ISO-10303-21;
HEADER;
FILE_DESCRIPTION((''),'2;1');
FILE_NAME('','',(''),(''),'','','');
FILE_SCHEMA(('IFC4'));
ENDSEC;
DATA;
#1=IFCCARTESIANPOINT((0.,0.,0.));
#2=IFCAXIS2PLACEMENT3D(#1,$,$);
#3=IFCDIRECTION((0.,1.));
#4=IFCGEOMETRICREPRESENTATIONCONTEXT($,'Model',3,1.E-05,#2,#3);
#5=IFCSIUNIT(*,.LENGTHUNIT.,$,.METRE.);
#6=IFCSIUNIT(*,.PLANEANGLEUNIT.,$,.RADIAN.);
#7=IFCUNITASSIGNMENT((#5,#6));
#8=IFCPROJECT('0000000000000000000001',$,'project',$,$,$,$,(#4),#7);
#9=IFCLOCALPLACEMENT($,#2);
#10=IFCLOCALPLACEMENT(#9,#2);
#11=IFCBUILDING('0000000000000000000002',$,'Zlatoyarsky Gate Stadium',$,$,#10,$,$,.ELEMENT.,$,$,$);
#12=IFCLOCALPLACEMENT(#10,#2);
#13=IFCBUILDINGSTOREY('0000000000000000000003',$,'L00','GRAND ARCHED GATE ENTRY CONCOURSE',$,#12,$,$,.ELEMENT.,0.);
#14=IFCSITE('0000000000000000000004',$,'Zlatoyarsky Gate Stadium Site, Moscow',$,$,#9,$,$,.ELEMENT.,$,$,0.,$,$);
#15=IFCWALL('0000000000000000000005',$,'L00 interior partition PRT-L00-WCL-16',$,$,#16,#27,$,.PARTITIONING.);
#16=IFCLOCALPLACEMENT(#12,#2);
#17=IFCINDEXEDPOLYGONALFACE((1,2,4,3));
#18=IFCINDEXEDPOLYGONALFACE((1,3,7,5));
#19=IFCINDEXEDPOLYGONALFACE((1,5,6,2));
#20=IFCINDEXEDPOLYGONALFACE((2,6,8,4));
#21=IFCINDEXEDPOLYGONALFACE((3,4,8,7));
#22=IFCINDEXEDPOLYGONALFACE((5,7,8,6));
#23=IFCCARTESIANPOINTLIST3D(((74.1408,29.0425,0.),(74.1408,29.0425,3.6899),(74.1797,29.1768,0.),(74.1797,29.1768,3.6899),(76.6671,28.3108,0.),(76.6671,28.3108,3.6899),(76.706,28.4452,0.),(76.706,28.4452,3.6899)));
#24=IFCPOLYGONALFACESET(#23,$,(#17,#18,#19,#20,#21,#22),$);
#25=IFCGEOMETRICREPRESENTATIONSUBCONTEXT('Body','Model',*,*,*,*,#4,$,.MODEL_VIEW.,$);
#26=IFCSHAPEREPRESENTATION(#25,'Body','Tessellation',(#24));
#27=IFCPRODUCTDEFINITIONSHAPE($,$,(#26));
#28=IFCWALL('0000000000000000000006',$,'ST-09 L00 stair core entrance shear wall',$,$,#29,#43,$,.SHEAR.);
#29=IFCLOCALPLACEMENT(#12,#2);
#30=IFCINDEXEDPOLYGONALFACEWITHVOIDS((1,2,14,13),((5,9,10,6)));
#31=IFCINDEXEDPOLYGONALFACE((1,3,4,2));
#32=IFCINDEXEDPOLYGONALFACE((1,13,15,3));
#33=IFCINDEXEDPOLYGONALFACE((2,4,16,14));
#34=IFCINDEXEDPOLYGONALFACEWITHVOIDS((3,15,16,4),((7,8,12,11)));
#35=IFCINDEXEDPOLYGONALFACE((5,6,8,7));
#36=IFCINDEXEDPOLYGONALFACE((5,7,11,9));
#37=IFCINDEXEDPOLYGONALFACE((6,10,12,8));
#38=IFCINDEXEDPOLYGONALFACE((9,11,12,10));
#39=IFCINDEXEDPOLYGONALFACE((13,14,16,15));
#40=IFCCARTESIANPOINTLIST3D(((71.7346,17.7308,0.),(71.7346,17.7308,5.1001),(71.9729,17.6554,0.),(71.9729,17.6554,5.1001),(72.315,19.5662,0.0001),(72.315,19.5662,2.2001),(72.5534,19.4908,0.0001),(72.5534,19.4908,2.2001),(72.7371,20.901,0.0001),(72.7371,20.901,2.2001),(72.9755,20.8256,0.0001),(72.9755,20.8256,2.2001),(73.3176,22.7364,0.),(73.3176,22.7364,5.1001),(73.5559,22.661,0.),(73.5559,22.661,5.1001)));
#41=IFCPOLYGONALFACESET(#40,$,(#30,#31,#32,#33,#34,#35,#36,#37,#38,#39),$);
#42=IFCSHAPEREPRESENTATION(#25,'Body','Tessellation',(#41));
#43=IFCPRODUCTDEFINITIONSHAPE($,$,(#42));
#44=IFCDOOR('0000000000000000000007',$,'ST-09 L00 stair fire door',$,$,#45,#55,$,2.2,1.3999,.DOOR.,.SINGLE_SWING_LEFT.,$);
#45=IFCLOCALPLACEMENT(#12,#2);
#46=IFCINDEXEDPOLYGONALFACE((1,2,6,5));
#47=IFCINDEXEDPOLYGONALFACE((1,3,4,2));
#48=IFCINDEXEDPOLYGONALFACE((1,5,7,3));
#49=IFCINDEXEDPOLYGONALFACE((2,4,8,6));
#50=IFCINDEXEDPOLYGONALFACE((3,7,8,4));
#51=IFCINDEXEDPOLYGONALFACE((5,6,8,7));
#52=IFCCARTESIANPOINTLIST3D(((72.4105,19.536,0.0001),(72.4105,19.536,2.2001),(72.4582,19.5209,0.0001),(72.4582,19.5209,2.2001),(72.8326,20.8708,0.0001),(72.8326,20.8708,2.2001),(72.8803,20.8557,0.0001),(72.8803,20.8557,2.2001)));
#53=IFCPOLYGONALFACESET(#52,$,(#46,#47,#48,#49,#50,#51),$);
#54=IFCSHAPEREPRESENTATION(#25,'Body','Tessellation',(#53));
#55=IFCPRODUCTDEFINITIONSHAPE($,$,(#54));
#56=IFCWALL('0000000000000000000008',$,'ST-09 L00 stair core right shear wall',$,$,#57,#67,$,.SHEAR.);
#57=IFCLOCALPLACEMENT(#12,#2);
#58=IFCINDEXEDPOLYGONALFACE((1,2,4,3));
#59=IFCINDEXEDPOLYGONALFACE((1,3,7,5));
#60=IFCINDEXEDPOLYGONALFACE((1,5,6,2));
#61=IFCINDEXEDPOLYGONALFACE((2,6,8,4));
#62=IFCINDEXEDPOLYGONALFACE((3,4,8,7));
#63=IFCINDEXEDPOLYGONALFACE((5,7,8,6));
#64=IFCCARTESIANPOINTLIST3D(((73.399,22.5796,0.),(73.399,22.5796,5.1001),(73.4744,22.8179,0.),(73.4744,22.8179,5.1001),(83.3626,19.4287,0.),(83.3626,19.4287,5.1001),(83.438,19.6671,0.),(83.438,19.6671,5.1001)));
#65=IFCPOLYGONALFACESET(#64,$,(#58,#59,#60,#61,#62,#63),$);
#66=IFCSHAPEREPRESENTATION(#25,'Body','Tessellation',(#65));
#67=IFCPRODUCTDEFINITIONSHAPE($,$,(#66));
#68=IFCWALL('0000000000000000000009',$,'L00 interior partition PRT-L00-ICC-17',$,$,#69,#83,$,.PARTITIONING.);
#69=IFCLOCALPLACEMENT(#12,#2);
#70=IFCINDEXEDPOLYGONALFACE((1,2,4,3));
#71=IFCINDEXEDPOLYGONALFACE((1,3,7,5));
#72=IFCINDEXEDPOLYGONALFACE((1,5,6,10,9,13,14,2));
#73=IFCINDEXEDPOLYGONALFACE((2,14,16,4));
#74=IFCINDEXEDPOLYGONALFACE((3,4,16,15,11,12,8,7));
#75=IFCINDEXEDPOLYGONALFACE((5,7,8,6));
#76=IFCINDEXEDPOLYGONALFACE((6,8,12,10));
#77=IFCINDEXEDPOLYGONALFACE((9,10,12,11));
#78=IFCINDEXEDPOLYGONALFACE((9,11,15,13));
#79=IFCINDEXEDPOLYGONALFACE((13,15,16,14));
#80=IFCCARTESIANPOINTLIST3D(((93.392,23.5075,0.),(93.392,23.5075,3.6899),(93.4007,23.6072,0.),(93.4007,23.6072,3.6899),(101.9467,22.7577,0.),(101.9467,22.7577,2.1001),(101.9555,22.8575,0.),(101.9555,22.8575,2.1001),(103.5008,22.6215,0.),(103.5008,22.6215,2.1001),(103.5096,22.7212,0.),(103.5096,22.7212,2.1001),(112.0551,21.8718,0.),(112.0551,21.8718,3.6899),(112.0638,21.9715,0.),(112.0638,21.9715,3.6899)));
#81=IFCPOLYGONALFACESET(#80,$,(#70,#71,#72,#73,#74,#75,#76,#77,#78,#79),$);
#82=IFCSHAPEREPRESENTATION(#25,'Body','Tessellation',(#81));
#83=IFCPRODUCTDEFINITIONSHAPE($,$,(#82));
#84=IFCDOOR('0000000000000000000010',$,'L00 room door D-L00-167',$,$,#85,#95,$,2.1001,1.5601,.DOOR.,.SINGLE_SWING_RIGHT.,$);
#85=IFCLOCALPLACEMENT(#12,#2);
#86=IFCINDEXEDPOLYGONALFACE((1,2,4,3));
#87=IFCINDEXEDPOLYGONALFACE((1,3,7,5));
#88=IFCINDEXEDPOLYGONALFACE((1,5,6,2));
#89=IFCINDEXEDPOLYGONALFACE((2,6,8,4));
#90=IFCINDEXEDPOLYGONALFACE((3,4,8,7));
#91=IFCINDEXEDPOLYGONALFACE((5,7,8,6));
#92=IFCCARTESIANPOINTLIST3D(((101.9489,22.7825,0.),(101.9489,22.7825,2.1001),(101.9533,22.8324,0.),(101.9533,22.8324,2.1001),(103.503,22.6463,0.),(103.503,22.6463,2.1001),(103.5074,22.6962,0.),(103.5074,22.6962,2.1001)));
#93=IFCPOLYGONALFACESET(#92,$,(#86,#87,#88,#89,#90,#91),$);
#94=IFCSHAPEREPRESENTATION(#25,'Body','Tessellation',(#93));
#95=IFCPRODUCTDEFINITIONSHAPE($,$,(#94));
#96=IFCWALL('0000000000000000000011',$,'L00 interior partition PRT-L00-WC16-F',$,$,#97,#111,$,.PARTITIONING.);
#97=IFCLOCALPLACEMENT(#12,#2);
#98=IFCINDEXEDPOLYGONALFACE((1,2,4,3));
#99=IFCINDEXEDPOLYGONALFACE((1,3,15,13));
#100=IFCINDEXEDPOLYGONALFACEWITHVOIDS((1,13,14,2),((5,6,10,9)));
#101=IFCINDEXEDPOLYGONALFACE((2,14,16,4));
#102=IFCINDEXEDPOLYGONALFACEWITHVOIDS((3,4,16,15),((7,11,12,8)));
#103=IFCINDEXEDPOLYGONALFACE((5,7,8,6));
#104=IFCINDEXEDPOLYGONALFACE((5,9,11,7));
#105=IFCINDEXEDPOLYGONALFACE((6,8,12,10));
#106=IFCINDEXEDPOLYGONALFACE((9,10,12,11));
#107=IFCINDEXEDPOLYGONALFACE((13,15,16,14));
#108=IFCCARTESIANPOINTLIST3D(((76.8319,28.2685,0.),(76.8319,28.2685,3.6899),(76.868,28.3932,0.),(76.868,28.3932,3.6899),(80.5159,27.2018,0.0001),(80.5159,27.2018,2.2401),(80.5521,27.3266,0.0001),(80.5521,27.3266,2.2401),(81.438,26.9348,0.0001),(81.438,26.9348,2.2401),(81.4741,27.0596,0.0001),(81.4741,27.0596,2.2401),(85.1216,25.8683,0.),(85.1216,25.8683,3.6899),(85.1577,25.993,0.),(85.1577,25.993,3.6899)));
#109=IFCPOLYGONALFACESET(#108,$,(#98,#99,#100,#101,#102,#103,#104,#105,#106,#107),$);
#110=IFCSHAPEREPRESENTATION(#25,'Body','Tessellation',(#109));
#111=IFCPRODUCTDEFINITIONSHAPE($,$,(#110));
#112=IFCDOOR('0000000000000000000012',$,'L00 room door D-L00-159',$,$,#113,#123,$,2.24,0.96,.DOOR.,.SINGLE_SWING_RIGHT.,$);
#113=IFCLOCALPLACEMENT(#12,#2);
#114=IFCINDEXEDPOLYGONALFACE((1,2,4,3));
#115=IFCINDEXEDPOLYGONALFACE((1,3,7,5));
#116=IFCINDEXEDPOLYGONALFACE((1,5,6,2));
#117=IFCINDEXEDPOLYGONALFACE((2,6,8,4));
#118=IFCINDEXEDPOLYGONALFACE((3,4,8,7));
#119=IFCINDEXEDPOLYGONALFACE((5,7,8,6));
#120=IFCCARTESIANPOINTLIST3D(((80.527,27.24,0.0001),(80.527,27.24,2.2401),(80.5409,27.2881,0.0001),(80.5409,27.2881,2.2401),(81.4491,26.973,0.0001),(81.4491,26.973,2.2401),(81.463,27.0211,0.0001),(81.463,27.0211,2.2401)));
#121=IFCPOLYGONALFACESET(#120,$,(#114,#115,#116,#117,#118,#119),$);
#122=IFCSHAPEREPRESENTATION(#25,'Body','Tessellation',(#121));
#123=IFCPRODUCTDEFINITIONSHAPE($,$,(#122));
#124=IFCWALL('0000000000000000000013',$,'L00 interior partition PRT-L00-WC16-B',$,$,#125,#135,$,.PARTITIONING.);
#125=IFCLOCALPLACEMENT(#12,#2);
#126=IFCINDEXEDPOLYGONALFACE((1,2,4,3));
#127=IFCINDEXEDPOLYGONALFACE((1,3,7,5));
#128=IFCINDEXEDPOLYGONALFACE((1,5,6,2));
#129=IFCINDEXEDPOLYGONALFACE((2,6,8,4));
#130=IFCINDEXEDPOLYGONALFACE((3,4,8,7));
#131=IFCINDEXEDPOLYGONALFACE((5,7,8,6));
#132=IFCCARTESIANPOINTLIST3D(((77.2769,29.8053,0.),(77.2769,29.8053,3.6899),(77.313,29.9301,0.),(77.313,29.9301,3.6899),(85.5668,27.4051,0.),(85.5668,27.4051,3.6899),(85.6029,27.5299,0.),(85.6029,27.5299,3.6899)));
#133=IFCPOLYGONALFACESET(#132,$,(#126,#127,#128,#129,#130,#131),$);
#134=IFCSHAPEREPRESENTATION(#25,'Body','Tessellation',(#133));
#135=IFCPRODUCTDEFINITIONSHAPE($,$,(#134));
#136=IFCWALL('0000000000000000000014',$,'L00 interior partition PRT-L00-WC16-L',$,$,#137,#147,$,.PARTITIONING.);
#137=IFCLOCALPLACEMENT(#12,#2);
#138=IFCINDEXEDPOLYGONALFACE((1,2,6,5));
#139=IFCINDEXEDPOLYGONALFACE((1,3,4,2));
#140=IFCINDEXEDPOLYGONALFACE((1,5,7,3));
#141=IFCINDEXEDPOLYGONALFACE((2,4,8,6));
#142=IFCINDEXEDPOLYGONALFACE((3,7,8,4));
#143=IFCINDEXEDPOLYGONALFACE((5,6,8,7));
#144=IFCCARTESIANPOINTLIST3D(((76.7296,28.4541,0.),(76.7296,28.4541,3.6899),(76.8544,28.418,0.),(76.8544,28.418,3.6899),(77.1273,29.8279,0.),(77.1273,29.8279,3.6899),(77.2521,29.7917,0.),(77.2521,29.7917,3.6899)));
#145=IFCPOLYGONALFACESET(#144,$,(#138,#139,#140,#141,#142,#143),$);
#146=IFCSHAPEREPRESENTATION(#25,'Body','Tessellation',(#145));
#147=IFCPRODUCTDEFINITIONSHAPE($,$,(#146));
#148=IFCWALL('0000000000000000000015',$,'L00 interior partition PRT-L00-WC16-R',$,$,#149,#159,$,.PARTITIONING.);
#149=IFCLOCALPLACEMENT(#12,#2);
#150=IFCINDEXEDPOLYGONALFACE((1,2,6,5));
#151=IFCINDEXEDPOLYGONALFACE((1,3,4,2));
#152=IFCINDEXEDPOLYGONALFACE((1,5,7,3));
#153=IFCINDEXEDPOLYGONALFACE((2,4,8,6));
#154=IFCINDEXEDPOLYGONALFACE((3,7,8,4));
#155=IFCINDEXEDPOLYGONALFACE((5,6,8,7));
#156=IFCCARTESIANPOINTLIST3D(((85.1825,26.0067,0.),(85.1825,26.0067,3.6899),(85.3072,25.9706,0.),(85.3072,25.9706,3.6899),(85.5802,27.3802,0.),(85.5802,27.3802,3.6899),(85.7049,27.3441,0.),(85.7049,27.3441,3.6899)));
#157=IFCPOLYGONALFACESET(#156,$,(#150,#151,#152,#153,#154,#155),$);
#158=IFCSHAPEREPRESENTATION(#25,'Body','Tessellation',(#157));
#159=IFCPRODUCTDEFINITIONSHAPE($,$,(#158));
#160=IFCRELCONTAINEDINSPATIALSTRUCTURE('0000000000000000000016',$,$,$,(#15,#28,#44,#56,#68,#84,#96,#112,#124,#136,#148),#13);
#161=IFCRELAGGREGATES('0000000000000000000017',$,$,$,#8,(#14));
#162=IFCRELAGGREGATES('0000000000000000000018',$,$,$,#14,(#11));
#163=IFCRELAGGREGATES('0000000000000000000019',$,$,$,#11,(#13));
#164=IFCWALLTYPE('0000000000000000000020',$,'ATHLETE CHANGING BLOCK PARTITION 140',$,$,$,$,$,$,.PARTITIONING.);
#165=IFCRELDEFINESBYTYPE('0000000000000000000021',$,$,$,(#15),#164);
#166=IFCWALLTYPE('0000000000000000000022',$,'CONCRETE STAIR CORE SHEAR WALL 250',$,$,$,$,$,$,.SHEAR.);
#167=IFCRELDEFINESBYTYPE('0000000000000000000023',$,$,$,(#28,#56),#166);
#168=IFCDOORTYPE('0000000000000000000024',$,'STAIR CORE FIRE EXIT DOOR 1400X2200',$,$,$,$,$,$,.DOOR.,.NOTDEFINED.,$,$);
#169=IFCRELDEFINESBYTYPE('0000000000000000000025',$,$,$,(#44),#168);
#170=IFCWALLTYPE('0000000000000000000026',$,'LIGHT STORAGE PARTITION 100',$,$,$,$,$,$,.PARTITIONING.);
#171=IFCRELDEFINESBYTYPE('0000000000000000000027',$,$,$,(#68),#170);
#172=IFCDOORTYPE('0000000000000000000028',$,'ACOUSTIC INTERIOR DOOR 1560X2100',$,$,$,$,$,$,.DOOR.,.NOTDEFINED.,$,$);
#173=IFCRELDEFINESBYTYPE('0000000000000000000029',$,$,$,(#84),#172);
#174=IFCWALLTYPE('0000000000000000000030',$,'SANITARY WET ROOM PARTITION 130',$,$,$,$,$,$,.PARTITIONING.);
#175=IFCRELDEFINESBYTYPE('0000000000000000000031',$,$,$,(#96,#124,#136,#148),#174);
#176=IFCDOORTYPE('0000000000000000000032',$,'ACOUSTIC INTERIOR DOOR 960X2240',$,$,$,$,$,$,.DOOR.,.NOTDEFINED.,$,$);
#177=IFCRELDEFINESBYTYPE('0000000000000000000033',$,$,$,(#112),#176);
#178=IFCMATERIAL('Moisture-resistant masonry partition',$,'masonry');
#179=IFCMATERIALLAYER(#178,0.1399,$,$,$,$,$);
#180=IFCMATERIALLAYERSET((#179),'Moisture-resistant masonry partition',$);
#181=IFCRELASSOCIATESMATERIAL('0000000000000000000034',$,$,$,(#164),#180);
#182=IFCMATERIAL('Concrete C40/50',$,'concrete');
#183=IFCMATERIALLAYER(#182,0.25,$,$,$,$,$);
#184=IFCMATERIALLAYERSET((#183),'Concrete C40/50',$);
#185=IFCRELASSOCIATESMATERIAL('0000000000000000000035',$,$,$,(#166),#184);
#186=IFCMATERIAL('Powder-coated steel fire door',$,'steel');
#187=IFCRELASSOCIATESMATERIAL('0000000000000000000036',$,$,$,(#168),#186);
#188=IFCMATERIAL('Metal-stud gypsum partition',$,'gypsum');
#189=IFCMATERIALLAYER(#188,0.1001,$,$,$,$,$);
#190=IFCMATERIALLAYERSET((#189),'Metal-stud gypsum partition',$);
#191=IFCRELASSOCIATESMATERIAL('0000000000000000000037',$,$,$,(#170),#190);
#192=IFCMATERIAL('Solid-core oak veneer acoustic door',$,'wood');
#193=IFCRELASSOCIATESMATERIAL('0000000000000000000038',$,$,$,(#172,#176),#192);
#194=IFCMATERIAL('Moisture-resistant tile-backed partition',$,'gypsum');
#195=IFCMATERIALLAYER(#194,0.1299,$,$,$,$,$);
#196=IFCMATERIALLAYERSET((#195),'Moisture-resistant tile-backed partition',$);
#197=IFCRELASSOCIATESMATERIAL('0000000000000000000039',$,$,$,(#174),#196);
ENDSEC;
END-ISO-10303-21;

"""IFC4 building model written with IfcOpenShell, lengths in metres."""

from ifc_helpers import new_model, si_unit, direction, frame, frame_2d, origin, place, context, subcontext, project, spatial, rectangle, extrude, material, layer, layer_set, type_object, element, fill, save


model = new_model("IFC4")

# Units and contexts
model_context = context("Model", 3, precision=1e-05, world=origin(), true_north=direction((0.0, 1.0)))
body_context = subcontext(model_context, "Body", "Model", "MODEL_VIEW")
ifc_project = project(units=[si_unit("LENGTHUNIT", "METRE"), si_unit("PLANEANGLEUNIT", "RADIAN")], contexts=[model_context])

# Site, building, storey
site_placement = place(None, origin())
site = spatial("IfcSite", under=ifc_project, at=site_placement, Name="Zlatoyarsky Gate Stadium Site, Moscow", CompositionType="ELEMENT", RefElevation=0.0)
building_placement = place(site_placement, origin())
building = spatial("IfcBuilding", under=site, at=building_placement, Name="Zlatoyarsky Gate Stadium", CompositionType="ELEMENT")
storey_placement = place(building_placement, origin())
storey = spatial("IfcBuildingStorey", under=building, at=storey_placement, Name="L00", Description="GRAND ARCHED GATE ENTRY CONCOURSE", CompositionType="ELEMENT", Elevation=0.0)

# Shared definitions
ifc_material_1 = material(Name="Concrete C40/50", Category="concrete")

# Wall
ifc_material_2 = material(Name="Moisture-resistant masonry partition", Category="masonry")
ifc_layer_1 = layer(ifc_material_2, 0.1399)
ifc_layer_set_1 = layer_set([ifc_layer_1], Name="Moisture-resistant masonry partition")
wall_type_1 = type_object("IfcWallType", Name="ATHLETE CHANGING BLOCK PARTITION 140", PredefinedType="PARTITIONING", material=ifc_layer_set_1)
wall_1_placement = place(storey_placement, frame((74.1604, 29.1096, 0.0), z_axis=(0.0, 0.0, 1.0), x_axis=(0.960526, -0.278189, 0.0)))
element("IfcWall", 1, at=wall_1_placement, inside=storey, type_object=wall_type_1, Name="L00 interior partition PRT-L00-WCL-16", PredefinedType="PARTITIONING", context=body_context, shape_type="SweptSolid", body=[
    extrude(rectangle(XDim=2.6301, YDim=0.1399, at=frame_2d((1.3149, 0.0))), origin(), (0.0, 0.0, 1.0), 3.6899),
])

# Wall, opening, door
ifc_layer_2 = layer(ifc_material_1, 0.25)
ifc_layer_set_2 = layer_set([ifc_layer_2], Name="Concrete C40/50")
wall_type_2 = type_object("IfcWallType", Name="CONCRETE STAIR CORE SHEAR WALL 250", PredefinedType="SHEAR", material=ifc_layer_set_2)
wall_2_placement = place(storey_placement, frame((73.4368, 22.6987, 0.0), z_axis=(0.0, 0.0, 1.0), x_axis=(-0.301527, -0.953457, 0.0)))
wall_2 = element("IfcWall", 2, at=wall_2_placement, inside=storey, type_object=wall_type_2, Name="ST-09 L00 stair core entrance shear wall", PredefinedType="SHEAR", context=body_context, shape_type="SweptSolid", body=[
    extrude(rectangle(XDim=5.25, YDim=0.25, at=frame_2d((2.625, 0.0))), origin(), (0.0, 0.0, 1.0), 5.1001),
])
opening_1_placement = place(wall_2_placement, frame((1.925, 0.0, 0.0)))
opening_1 = element("IfcOpeningElement", 3, at=opening_1_placement, cuts=wall_2, PredefinedType="OPENING", context=body_context, shape_type="SweptSolid", body=[
    extrude(rectangle(XDim=1.3999, YDim=2.2, at=frame_2d((0.7, 1.1001))), frame((0.0, 0.135, 0.0), z_axis=(0.0, -1.0, 0.0), x_axis=(1.0, 0.0, 0.0)), (0.0, 0.0, 1.0), 0.27),
])
ifc_material_3 = material(Name="Powder-coated steel fire door", Category="steel")
door_type_1 = type_object("IfcDoorType", Name="STAIR CORE FIRE EXIT DOOR 1400X2200", OperationType="NOTDEFINED", PredefinedType="DOOR", material=ifc_material_3)
door_1_placement = place(opening_1_placement, frame((1.3999, 0.0, 0.0), z_axis=(0.0, 0.0, 1.0), x_axis=(-1.0, 0.0, 0.0)))
door_1 = element("IfcDoor", 4, at=door_1_placement, inside=storey, type_object=door_type_1, Name="ST-09 L00 stair fire door", OperationType="SINGLE_SWING_LEFT", OverallHeight=2.2, OverallWidth=1.3999, PredefinedType="DOOR", context=body_context, shape_type="SweptSolid", body=[
    extrude(rectangle(XDim=1.3999, YDim=2.2, at=frame_2d((0.7, 1.1001))), frame((0.0, 0.0249, 0.0), z_axis=(0.0, -1.0, 0.0), x_axis=(1.0, 0.0, 0.0)), (0.0, 0.0, 1.0), 0.05),
])
fill(opening_1, door_1)

# Wall
wall_3_placement = place(storey_placement, frame((83.4004, 19.5479, 0.0), z_axis=(0.0, 0.0, 1.0), x_axis=(-0.95346, 0.30152, 0.0)))
element("IfcWall", 5, at=wall_3_placement, inside=storey, type_object=wall_type_2, Name="ST-09 L00 stair core right shear wall", PredefinedType="SHEAR", context=body_context, shape_type="SweptSolid", body=[
    extrude(rectangle(XDim=10.45, YDim=0.25, at=frame_2d((5.2251, 0.0))), origin(), (0.0, 0.0, 1.0), 5.1001),
])

# Walls, openings, doors
ifc_material_4 = material(Name="Metal-stud gypsum partition", Category="gypsum")
ifc_layer_3 = layer(ifc_material_4, 0.1001)
ifc_layer_set_3 = layer_set([ifc_layer_3], Name="Metal-stud gypsum partition")
wall_type_3 = type_object("IfcWallType", Name="LIGHT STORAGE PARTITION 100", PredefinedType="PARTITIONING", material=ifc_layer_set_3)
wall_4_placement = place(storey_placement, frame((93.3965, 23.5574, 0.0), z_axis=(0.0, 0.0, 1.0), x_axis=(0.996181, -0.087311, 0.0)))
wall_4 = element("IfcWall", 6, at=wall_4_placement, inside=storey, type_object=wall_type_3, Name="L00 interior partition PRT-L00-ICC-17", PredefinedType="PARTITIONING", context=body_context, shape_type="SweptSolid", body=[
    extrude(rectangle(XDim=18.7346, YDim=0.1001, at=frame_2d((9.3672, 0.0))), origin(), (0.0, 0.0, 1.0), 3.6899),
])
opening_2_placement = place(wall_4_placement, frame((8.5874, 0.0, 0.0)))
opening_2 = element("IfcOpeningElement", 7, at=opening_2_placement, cuts=wall_4, PredefinedType="OPENING", context=body_context, shape_type="SweptSolid", body=[
    extrude(rectangle(XDim=1.5601, YDim=2.1001, at=frame_2d((0.78, 1.05))), frame((0.0, 0.0601, 0.0), z_axis=(0.0, -1.0, 0.0), x_axis=(1.0, 0.0, 0.0)), (0.0, 0.0, 1.0), 0.1201),
])
ifc_material_5 = material(Name="Solid-core oak veneer acoustic door", Category="wood")
door_type_2 = type_object("IfcDoorType", Name="ACOUSTIC INTERIOR DOOR 1560X2100", OperationType="NOTDEFINED", PredefinedType="DOOR", material=ifc_material_5)
door_2_placement = place(opening_2_placement, origin())
door_2 = element("IfcDoor", 8, at=door_2_placement, inside=storey, type_object=door_type_2, Name="L00 room door D-L00-167", OperationType="SINGLE_SWING_RIGHT", OverallHeight=2.1001, OverallWidth=1.5601, PredefinedType="DOOR", context=body_context, shape_type="SweptSolid", body=[
    extrude(rectangle(XDim=1.5601, YDim=2.1001, at=frame_2d((0.78, 1.05))), frame((0.0, 0.0249, 0.0), z_axis=(0.0, -1.0, 0.0), x_axis=(1.0, 0.0, 0.0)), (0.0, 0.0, 1.0), 0.05),
])
fill(opening_2, door_2)
ifc_material_6 = material(Name="Moisture-resistant tile-backed partition", Category="gypsum")
ifc_layer_4 = layer(ifc_material_6, 0.1299)
ifc_layer_set_4 = layer_set([ifc_layer_4], Name="Moisture-resistant tile-backed partition")
wall_type_4 = type_object("IfcWallType", Name="SANITARY WET ROOM PARTITION 130", PredefinedType="PARTITIONING", material=ifc_layer_set_4)
wall_5_placement = place(storey_placement, frame((76.8501, 28.3308, 0.0), z_axis=(0.0, 0.0, 1.0), x_axis=(0.960548, -0.278116, 0.0)))
wall_5 = element("IfcWall", 9, at=wall_5_placement, inside=storey, type_object=wall_type_4, Name="L00 interior partition PRT-L00-WC16-F", PredefinedType="PARTITIONING", context=body_context, shape_type="SweptSolid", body=[
    extrude(rectangle(XDim=8.6301, YDim=0.1299, at=frame_2d((4.3149, 0.0))), origin(), (0.0, 0.0, 1.0), 3.6899),
])
opening_3_placement = place(wall_5_placement, frame((3.8352, 0.0, 0.0)))
opening_3 = element("IfcOpeningElement", 10, at=opening_3_placement, cuts=wall_5, PredefinedType="OPENING", context=body_context, shape_type="SweptSolid", body=[
    extrude(rectangle(XDim=0.96, YDim=2.24, at=frame_2d((0.48, 1.1201))), frame((0.0, 0.075, 0.0), z_axis=(0.0, -1.0, 0.0), x_axis=(1.0, 0.0, 0.0)), (0.0, 0.0, 1.0), 0.1499),
])
door_type_3 = type_object("IfcDoorType", Name="ACOUSTIC INTERIOR DOOR 960X2240", OperationType="NOTDEFINED", PredefinedType="DOOR", material=ifc_material_5)
door_3_placement = place(opening_3_placement, origin())
door_3 = element("IfcDoor", 11, at=door_3_placement, inside=storey, type_object=door_type_3, Name="L00 room door D-L00-159", OperationType="SINGLE_SWING_RIGHT", OverallHeight=2.24, OverallWidth=0.96, PredefinedType="DOOR", context=body_context, shape_type="SweptSolid", body=[
    extrude(rectangle(XDim=0.96, YDim=2.24, at=frame_2d((0.48, 1.1201))), frame((0.0, 0.0249, 0.0), z_axis=(0.0, -1.0, 0.0), x_axis=(1.0, 0.0, 0.0)), (0.0, 0.0, 1.0), 0.05),
])
fill(opening_3, door_3)

# Walls
wall_6_placement = place(storey_placement, frame((77.2949, 29.8677, 0.0), z_axis=(0.0, 0.0, 1.0), x_axis=(0.96055, -0.278108, 0.0)))
element("IfcWall", 12, at=wall_6_placement, inside=storey, type_object=wall_type_4, Name="L00 interior partition PRT-L00-WC16-B", PredefinedType="PARTITIONING", context=body_context, shape_type="SweptSolid", body=[
    extrude(rectangle(XDim=8.6304, YDim=0.1299, at=frame_2d((4.3152, 0.0))), origin(), (0.0, 0.0, 1.0), 3.6899),
])
wall_7_placement = place(storey_placement, frame((76.792, 28.436, 0.0), z_axis=(0.0, 0.0, 1.0), x_axis=(0.278079, 0.960558, 0.0)))
element("IfcWall", 13, at=wall_7_placement, inside=storey, type_object=wall_type_4, Name="L00 interior partition PRT-L00-WC16-L", PredefinedType="PARTITIONING", context=body_context, shape_type="SweptSolid", body=[
    extrude(rectangle(XDim=1.4302, YDim=0.1299, at=frame_2d((0.7151, 0.0))), origin(), (0.0, 0.0, 1.0), 3.6899),
])
wall_8_placement = place(storey_placement, frame((85.2449, 25.9888, 0.0), z_axis=(0.0, 0.0, 1.0), x_axis=(0.278124, 0.960545, 0.0)))
element("IfcWall", 14, at=wall_8_placement, inside=storey, type_object=wall_type_4, Name="L00 interior partition PRT-L00-WC16-R", PredefinedType="PARTITIONING", context=body_context, shape_type="SweptSolid", body=[
    extrude(rectangle(XDim=1.4299, YDim=0.1299, at=frame_2d((0.7148, 0.0))), origin(), (0.0, 0.0, 1.0), 3.6899),
])

save(model, "model.ifc")
